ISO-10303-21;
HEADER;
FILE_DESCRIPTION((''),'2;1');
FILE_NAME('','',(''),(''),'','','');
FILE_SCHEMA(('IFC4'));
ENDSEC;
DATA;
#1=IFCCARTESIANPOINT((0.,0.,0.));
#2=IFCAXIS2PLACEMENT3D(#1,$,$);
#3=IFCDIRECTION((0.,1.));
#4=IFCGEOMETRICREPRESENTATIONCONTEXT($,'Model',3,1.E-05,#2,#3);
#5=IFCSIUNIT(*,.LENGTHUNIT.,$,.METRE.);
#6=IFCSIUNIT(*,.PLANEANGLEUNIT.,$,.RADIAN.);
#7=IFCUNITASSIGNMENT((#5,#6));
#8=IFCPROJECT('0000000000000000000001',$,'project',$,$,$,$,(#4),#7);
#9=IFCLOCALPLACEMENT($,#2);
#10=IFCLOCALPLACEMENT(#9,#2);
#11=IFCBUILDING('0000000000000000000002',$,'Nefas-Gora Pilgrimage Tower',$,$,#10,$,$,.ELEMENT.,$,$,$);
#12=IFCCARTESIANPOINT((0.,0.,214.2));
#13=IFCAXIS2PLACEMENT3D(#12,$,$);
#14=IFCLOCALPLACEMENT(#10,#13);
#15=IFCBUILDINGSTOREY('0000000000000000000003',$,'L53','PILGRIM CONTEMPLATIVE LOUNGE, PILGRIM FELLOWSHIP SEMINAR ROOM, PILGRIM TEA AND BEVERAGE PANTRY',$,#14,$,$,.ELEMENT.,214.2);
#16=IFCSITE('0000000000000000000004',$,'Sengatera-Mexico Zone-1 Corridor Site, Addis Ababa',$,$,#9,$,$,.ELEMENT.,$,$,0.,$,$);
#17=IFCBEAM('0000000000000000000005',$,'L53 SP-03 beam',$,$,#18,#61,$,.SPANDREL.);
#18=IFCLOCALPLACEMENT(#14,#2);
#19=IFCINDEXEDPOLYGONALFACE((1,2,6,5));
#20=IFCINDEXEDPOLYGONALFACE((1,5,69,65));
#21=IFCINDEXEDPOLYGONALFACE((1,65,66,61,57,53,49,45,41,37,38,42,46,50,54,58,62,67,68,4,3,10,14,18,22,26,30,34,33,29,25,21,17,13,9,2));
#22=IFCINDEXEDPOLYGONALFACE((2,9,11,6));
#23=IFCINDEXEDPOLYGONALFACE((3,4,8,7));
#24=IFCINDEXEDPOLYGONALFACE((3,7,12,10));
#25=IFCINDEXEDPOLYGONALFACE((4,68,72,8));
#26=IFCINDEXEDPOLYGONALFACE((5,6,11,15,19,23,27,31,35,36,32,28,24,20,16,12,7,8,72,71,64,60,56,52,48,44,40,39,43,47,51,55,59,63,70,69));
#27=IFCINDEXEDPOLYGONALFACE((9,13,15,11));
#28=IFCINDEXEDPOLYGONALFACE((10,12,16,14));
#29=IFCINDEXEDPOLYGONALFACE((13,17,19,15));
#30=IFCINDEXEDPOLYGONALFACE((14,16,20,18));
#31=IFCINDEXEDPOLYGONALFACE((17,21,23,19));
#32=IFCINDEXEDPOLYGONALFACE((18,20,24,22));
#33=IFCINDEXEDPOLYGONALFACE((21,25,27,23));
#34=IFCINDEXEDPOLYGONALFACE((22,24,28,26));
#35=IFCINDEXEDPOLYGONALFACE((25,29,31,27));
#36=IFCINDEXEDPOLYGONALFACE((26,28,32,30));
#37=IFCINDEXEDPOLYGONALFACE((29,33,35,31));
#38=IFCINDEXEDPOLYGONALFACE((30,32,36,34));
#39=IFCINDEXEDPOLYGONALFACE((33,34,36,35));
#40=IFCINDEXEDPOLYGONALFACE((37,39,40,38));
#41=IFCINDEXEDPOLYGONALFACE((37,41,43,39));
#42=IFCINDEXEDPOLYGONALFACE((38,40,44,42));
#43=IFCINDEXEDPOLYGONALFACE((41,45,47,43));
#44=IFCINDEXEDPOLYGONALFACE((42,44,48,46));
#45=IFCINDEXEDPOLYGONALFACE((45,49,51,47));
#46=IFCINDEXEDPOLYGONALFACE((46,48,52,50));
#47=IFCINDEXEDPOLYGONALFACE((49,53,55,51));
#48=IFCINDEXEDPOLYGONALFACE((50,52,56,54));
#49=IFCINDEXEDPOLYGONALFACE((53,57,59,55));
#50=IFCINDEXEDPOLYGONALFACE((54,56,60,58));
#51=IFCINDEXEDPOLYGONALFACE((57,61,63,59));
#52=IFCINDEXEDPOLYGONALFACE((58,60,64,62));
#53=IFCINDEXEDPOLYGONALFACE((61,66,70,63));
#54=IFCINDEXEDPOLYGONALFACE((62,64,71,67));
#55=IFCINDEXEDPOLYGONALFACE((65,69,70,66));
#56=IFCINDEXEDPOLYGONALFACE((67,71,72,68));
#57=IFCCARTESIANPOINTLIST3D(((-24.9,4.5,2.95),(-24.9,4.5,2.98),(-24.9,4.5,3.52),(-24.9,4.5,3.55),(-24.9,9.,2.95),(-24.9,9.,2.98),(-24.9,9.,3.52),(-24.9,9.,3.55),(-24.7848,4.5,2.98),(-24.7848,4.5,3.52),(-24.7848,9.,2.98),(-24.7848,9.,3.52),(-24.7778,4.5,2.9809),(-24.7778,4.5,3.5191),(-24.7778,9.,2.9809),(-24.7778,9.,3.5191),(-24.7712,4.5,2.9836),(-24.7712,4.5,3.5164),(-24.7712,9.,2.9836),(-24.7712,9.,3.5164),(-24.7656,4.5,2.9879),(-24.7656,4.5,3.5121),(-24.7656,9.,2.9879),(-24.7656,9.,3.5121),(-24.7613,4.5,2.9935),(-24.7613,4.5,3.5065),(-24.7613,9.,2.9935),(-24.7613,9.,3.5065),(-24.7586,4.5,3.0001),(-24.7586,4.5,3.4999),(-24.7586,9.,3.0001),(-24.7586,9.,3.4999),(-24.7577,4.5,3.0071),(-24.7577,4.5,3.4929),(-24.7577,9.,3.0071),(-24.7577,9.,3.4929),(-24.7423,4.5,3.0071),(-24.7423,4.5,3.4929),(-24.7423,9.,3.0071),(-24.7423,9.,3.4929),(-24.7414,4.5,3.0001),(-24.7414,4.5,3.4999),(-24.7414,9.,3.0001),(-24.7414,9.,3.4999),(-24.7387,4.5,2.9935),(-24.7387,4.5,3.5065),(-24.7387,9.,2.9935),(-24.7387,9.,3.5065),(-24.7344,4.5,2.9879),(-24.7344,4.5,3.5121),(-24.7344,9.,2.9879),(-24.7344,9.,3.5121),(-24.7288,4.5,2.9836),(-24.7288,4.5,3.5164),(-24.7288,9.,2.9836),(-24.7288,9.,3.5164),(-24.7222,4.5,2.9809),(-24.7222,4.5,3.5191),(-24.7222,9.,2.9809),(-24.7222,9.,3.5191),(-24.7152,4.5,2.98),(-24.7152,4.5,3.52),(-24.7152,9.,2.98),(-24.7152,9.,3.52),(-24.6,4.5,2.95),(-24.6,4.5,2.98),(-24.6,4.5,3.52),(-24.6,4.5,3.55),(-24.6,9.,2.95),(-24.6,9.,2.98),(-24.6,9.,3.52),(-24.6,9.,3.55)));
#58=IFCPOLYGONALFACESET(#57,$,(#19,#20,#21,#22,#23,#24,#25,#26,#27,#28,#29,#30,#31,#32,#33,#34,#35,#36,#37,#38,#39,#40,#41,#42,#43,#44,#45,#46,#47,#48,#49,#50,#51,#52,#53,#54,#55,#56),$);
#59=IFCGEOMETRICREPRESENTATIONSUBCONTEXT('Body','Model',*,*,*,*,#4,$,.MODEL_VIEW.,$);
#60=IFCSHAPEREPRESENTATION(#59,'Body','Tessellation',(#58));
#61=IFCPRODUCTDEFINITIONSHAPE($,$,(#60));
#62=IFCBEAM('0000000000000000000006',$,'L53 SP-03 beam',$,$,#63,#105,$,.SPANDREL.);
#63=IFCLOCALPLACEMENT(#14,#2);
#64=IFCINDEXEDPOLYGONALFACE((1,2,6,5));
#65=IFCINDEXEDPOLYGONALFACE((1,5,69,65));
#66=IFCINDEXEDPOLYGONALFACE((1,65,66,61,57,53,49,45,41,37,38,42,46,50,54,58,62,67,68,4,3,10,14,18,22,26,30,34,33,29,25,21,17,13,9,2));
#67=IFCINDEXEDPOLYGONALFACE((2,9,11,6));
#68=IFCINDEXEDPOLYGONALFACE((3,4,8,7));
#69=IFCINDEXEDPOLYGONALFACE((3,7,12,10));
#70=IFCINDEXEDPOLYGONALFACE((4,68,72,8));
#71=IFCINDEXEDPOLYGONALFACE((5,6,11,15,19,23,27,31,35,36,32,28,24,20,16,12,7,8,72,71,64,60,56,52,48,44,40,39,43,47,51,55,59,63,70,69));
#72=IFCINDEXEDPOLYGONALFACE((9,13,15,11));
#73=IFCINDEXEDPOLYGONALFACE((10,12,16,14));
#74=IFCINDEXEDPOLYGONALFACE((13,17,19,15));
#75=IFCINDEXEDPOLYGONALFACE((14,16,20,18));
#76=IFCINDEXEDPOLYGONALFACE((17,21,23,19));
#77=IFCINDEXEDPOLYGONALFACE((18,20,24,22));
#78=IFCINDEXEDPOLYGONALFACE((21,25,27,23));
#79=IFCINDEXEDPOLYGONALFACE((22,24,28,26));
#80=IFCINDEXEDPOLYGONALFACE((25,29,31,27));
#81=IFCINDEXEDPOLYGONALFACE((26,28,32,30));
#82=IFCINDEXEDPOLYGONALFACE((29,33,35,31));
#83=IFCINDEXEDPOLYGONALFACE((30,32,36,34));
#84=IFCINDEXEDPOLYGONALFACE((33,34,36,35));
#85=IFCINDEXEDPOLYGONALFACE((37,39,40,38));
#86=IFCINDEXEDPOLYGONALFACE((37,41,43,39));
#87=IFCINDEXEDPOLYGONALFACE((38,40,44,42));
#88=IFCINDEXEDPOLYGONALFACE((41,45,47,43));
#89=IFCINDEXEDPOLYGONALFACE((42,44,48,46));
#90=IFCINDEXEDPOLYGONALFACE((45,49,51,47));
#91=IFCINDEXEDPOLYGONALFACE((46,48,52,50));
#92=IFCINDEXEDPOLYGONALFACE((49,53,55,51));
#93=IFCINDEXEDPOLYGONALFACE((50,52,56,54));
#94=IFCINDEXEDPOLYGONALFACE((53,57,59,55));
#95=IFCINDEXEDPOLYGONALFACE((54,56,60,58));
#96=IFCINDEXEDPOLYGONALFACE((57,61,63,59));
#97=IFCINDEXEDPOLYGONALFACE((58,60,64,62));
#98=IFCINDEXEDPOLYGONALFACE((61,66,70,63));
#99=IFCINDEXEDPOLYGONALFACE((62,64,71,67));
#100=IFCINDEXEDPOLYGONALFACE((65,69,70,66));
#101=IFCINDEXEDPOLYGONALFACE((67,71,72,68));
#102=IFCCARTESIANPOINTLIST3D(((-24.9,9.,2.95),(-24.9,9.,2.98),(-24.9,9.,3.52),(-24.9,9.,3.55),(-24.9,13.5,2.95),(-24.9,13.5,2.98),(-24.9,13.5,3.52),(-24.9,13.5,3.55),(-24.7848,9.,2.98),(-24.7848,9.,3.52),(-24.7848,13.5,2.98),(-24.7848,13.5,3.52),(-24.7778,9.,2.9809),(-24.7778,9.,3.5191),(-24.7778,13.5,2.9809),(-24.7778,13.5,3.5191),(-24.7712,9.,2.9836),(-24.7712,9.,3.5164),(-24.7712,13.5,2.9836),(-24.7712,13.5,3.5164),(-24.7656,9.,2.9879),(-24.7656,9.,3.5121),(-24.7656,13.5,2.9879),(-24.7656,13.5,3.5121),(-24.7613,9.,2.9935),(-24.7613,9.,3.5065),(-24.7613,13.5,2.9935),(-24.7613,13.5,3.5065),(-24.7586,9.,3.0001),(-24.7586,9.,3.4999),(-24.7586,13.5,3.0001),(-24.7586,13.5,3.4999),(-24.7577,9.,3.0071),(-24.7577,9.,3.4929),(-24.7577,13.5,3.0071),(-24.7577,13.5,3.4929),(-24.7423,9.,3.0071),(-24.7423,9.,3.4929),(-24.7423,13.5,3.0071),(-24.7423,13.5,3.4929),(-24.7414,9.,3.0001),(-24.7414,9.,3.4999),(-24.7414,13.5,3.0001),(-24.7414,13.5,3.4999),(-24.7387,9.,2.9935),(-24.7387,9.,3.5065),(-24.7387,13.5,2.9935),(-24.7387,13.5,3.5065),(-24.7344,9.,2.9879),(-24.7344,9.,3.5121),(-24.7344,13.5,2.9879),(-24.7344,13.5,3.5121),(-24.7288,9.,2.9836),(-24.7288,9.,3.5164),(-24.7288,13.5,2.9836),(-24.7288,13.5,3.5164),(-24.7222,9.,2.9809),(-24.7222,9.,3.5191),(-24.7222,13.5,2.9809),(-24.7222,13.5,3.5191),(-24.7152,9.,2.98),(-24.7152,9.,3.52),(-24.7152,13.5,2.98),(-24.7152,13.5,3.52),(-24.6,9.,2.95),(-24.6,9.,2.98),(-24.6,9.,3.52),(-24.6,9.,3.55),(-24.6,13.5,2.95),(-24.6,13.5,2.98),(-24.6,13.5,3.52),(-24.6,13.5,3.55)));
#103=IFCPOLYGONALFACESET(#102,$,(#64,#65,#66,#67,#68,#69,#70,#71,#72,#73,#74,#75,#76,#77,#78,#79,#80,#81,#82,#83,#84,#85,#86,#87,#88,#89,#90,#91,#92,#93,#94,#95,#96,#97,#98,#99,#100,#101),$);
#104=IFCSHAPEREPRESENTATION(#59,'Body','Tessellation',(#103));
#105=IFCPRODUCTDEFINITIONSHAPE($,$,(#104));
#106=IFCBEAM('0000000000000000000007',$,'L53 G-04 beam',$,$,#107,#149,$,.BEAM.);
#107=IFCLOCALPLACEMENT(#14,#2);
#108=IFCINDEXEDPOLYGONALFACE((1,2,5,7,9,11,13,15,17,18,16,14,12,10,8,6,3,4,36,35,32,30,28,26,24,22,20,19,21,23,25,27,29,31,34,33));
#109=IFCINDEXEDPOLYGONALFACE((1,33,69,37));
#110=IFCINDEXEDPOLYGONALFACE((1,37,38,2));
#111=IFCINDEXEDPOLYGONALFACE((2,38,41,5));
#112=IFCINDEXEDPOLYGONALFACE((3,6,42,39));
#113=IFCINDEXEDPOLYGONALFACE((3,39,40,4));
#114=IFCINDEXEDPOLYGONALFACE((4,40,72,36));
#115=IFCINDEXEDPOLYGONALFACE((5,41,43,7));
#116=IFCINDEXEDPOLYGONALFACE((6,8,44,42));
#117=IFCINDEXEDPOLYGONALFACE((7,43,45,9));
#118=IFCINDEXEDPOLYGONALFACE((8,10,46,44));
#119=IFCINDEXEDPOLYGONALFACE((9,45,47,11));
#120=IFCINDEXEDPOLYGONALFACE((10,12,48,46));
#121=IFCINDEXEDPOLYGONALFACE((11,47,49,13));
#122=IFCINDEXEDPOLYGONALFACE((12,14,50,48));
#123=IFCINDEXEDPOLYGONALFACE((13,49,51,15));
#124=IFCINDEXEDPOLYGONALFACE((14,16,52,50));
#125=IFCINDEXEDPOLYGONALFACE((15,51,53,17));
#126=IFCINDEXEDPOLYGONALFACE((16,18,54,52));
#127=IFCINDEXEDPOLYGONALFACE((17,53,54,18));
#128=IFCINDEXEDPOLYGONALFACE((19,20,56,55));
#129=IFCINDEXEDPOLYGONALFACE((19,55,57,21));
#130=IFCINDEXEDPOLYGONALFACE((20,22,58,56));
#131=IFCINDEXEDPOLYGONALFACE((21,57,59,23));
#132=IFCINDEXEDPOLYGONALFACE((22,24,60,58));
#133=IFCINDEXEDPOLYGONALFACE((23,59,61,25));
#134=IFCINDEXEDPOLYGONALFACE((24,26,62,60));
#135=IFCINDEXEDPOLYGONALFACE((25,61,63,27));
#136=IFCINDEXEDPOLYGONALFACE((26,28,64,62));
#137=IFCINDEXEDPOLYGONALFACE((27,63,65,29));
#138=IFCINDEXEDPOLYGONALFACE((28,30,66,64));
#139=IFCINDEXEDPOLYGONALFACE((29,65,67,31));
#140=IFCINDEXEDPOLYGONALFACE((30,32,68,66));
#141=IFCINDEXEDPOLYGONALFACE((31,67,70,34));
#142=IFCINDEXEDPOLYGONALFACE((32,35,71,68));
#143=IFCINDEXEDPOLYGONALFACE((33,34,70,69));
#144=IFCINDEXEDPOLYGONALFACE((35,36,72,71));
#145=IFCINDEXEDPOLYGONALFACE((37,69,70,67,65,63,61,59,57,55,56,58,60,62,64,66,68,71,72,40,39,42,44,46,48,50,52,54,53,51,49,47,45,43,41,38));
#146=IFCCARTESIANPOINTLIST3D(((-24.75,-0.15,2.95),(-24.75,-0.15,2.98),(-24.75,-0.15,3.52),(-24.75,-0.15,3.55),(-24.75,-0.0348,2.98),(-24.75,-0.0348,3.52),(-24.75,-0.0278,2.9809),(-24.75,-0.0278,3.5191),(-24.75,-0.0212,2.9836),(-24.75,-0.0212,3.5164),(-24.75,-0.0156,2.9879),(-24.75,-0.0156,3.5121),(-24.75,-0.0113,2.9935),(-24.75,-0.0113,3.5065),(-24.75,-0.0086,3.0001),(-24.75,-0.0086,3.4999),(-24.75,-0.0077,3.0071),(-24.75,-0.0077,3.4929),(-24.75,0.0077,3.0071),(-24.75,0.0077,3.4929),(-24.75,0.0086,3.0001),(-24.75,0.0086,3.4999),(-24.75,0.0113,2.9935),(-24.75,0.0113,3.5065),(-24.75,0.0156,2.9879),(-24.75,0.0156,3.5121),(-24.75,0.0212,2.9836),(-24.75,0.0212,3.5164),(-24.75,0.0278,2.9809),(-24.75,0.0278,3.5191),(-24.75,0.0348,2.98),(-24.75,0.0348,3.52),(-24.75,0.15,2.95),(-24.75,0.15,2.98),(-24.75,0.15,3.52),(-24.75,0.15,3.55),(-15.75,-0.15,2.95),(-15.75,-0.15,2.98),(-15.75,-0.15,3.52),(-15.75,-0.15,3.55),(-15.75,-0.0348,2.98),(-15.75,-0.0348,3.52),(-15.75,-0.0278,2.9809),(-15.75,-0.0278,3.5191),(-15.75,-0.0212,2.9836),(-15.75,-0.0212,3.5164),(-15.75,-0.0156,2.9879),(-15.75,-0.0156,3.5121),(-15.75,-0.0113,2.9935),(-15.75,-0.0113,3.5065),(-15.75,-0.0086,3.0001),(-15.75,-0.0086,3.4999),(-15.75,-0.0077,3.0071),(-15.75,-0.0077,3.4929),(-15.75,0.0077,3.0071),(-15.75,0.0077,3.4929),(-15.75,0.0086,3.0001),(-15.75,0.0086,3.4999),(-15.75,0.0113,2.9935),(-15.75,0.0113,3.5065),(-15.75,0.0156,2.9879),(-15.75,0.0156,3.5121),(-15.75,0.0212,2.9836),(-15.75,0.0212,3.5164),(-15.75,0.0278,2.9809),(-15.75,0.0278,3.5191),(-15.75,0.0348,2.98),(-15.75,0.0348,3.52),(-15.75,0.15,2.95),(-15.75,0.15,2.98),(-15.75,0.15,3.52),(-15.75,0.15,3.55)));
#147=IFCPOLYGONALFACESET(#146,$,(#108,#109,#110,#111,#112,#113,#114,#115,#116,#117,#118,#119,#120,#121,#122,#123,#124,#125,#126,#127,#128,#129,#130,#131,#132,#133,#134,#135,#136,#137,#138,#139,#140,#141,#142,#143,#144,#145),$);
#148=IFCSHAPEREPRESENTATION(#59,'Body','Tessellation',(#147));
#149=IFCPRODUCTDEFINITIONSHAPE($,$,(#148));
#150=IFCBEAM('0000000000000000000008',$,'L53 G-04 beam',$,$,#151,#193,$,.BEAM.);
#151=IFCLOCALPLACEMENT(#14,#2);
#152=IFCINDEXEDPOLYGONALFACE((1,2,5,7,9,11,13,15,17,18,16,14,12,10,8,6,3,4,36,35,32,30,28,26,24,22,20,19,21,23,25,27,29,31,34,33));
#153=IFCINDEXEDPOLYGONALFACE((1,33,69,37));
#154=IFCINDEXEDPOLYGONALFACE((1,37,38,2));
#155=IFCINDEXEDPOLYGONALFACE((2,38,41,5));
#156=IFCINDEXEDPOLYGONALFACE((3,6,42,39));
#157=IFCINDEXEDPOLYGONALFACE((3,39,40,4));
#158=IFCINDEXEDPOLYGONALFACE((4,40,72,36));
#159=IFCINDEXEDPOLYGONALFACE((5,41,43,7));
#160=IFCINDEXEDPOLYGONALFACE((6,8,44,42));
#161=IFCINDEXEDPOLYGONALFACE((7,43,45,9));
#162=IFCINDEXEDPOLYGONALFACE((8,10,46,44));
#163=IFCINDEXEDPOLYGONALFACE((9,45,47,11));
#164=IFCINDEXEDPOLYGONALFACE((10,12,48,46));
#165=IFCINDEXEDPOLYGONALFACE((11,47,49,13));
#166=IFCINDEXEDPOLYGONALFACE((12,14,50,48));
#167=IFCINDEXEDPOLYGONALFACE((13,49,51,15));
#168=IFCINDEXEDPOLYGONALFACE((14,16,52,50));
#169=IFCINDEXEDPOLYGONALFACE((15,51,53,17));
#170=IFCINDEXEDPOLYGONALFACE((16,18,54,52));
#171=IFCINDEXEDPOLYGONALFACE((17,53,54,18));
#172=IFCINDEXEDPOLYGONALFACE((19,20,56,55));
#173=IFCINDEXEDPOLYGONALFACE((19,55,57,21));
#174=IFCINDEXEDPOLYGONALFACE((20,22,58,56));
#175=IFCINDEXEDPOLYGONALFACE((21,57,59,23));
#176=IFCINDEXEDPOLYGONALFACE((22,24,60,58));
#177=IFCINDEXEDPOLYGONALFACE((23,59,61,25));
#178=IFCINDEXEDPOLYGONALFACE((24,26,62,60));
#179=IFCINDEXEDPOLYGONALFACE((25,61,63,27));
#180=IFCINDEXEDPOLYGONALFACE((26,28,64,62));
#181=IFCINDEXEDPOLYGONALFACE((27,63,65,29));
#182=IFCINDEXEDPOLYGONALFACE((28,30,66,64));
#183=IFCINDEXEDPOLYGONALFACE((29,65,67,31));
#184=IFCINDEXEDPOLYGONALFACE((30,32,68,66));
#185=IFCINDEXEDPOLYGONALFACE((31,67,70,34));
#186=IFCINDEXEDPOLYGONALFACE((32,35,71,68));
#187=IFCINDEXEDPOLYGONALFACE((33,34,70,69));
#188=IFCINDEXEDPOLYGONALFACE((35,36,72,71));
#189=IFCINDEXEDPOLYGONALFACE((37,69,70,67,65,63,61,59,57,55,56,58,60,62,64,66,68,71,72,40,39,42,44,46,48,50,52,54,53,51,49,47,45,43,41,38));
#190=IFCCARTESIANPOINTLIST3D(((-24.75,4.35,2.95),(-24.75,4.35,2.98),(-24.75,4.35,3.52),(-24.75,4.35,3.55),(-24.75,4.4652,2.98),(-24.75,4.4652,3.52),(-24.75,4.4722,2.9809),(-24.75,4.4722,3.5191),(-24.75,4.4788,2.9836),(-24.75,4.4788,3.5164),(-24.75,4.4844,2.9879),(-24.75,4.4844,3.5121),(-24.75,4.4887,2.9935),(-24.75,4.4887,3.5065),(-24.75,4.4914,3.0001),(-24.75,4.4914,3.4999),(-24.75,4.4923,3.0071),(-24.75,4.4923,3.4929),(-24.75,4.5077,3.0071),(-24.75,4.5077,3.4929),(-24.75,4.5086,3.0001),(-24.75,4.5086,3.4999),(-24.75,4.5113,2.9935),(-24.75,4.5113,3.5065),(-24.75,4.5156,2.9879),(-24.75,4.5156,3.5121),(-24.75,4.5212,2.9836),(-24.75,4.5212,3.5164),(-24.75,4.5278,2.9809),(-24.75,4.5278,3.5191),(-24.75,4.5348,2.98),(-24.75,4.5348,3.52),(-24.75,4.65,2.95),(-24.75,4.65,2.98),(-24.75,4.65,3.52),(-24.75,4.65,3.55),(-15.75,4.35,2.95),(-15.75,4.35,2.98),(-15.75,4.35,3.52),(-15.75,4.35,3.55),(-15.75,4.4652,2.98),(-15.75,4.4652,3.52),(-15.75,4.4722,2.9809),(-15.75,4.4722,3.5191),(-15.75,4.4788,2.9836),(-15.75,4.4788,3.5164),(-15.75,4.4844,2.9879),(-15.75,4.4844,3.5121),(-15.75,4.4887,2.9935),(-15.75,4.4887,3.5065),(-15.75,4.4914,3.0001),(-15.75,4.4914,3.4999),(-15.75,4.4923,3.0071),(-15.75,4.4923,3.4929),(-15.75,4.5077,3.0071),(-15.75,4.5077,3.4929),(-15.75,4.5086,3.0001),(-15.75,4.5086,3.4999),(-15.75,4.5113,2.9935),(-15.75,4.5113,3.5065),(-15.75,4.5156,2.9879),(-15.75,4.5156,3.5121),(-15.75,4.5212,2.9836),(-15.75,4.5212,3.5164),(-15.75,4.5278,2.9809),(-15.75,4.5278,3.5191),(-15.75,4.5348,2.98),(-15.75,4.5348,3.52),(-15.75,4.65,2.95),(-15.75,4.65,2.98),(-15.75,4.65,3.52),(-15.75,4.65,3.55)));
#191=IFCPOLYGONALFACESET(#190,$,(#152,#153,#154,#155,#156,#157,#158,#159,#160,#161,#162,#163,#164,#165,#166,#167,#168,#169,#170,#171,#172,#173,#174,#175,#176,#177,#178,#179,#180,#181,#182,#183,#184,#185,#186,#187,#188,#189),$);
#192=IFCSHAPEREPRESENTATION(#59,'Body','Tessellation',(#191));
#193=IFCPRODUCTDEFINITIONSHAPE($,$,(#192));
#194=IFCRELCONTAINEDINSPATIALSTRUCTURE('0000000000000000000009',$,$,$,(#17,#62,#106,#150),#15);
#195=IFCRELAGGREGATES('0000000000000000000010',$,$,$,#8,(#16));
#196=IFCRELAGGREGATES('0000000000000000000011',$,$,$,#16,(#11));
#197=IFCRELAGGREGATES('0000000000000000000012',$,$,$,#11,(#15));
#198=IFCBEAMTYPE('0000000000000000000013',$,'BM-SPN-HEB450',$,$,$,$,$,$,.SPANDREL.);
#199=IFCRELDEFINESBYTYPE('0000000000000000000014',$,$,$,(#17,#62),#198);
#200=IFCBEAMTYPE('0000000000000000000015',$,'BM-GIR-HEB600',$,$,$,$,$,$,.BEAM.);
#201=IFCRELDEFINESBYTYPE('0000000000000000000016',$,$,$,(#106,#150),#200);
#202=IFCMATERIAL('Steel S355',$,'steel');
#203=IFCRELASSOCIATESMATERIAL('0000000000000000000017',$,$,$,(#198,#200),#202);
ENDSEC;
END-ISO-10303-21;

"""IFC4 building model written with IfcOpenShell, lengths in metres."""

from ifc_helpers import new_model, si_unit, direction, frame, origin, origin_2d, place, context, subcontext, project, spatial, i_section, extrude, source, transform, mapped, material, material_profile, profile_set, type_object, element, save


model = new_model("IFC4")

# Units and contexts
model_context = context("Model", 3, precision=1e-05, world=origin(), true_north=direction((0.0, 1.0)))
body_context = subcontext(model_context, "Body", "Model", "MODEL_VIEW")
ifc_project = project(units=[si_unit("LENGTHUNIT", "METRE"), si_unit("PLANEANGLEUNIT", "RADIAN")], contexts=[model_context])

# Site, building, storey
site_placement = place(None, origin())
site = spatial("IfcSite", under=ifc_project, at=site_placement, Name="Sengatera-Mexico Zone-1 Corridor Site, Addis Ababa", CompositionType="ELEMENT", RefElevation=0.0)
building_placement = place(site_placement, origin())
building = spatial("IfcBuilding", under=site, at=building_placement, Name="Nefas-Gora Pilgrimage Tower", CompositionType="ELEMENT")
storey_placement = place(building_placement, frame((0.0, 0.0, 214.2)))
storey = spatial("IfcBuildingStorey", under=building, at=storey_placement, Name="L53", Description="PILGRIM CONTEMPLATIVE LOUNGE, PILGRIM FELLOWSHIP SEMINAR ROOM, PILGRIM TEA AND BEVERAGE PANTRY", CompositionType="ELEMENT", Elevation=214.2)

# Beams
ifc_material_1 = material(Name="Steel S355", Category="steel")
ifc_material_profile_1 = material_profile(ifc_material_1, i_section(OverallWidth=0.3, OverallDepth=0.6001, WebThickness=0.0154, FlangeThickness=0.03, FilletRadius=0.0271, at=origin_2d()), Name="HEB 600")
ifc_profile_set_1 = profile_set([ifc_material_profile_1], Name="Steel S355")
beam_type_1 = type_object("IfcBeamType", Name="BM-SPN-HEB450", PredefinedType="SPANDREL", material=ifc_profile_set_1)
shared_shape_1 = source(origin(), body_context, "Body", "SweptSolid", [
    extrude(i_section(OverallWidth=0.3, OverallDepth=0.6001, WebThickness=0.0154, FlangeThickness=0.03, FilletRadius=0.0271, at=origin_2d()), origin(), (0.0, 0.0, 1.0), 4.5),
])
for number, where, z_axis, x_axis, name in (
    (1, (-24.75, 4.5, 3.25), (0.0, 1.0, 0.0), (-1.0, 0.0, 0.0), "L53 SP-03 beam"),
    (2, (-24.75, 9.0, 3.25), (0.0, 1.0, 0.0), (-1.0, 0.0, 0.0), "L53 SP-03 beam"),
):
    element("IfcBeam", number, at=place(storey_placement, frame(where, z_axis=z_axis, x_axis=x_axis)), inside=storey, type_object=beam_type_1, Name=name, PredefinedType="SPANDREL", context=body_context, shape_type="MappedRepresentation", body=[
        mapped(shared_shape_1, transform((0.0, 0.0, 0.0), x_axis=(1.0, 0.0, 0.0), y_axis=(0.0, 1.0, 0.0), z_axis=(0.0, 0.0, 1.0), scale=1.0)),
    ])
ifc_material_profile_2 = material_profile(ifc_material_1, i_section(OverallWidth=0.3, OverallDepth=0.6001, WebThickness=0.0154, FlangeThickness=0.03, FilletRadius=0.0271, at=origin_2d()), Name="HEB 600")
ifc_profile_set_2 = profile_set([ifc_material_profile_2], Name="Steel S355")
beam_type_2 = type_object("IfcBeamType", Name="BM-GIR-HEB600", PredefinedType="BEAM", material=ifc_profile_set_2)
shared_shape_2 = source(origin(), body_context, "Body", "SweptSolid", [
    extrude(i_section(OverallWidth=0.3, OverallDepth=0.6001, WebThickness=0.0154, FlangeThickness=0.03, FilletRadius=0.0271, at=origin_2d()), origin(), (0.0, 0.0, 1.0), 9.0),
])
for number, where, z_axis, x_axis, name in (
    (3, (-24.75, 0.0, 3.25), (1.0, 0.0, 0.0), (0.0, 1.0, 0.0), "L53 G-04 beam"),
    (4, (-24.75, 4.5, 3.25), (1.0, 0.0, 0.0), (0.0, 1.0, 0.0), "L53 G-04 beam"),
):
    element("IfcBeam", number, at=place(storey_placement, frame(where, z_axis=z_axis, x_axis=x_axis)), inside=storey, type_object=beam_type_2, Name=name, PredefinedType="BEAM", context=body_context, shape_type="MappedRepresentation", body=[
        mapped(shared_shape_2, transform((0.0, 0.0, 0.0), x_axis=(1.0, 0.0, 0.0), y_axis=(0.0, 1.0, 0.0), z_axis=(0.0, 0.0, 1.0), scale=1.0)),
    ])

save(model, "model.ifc")
